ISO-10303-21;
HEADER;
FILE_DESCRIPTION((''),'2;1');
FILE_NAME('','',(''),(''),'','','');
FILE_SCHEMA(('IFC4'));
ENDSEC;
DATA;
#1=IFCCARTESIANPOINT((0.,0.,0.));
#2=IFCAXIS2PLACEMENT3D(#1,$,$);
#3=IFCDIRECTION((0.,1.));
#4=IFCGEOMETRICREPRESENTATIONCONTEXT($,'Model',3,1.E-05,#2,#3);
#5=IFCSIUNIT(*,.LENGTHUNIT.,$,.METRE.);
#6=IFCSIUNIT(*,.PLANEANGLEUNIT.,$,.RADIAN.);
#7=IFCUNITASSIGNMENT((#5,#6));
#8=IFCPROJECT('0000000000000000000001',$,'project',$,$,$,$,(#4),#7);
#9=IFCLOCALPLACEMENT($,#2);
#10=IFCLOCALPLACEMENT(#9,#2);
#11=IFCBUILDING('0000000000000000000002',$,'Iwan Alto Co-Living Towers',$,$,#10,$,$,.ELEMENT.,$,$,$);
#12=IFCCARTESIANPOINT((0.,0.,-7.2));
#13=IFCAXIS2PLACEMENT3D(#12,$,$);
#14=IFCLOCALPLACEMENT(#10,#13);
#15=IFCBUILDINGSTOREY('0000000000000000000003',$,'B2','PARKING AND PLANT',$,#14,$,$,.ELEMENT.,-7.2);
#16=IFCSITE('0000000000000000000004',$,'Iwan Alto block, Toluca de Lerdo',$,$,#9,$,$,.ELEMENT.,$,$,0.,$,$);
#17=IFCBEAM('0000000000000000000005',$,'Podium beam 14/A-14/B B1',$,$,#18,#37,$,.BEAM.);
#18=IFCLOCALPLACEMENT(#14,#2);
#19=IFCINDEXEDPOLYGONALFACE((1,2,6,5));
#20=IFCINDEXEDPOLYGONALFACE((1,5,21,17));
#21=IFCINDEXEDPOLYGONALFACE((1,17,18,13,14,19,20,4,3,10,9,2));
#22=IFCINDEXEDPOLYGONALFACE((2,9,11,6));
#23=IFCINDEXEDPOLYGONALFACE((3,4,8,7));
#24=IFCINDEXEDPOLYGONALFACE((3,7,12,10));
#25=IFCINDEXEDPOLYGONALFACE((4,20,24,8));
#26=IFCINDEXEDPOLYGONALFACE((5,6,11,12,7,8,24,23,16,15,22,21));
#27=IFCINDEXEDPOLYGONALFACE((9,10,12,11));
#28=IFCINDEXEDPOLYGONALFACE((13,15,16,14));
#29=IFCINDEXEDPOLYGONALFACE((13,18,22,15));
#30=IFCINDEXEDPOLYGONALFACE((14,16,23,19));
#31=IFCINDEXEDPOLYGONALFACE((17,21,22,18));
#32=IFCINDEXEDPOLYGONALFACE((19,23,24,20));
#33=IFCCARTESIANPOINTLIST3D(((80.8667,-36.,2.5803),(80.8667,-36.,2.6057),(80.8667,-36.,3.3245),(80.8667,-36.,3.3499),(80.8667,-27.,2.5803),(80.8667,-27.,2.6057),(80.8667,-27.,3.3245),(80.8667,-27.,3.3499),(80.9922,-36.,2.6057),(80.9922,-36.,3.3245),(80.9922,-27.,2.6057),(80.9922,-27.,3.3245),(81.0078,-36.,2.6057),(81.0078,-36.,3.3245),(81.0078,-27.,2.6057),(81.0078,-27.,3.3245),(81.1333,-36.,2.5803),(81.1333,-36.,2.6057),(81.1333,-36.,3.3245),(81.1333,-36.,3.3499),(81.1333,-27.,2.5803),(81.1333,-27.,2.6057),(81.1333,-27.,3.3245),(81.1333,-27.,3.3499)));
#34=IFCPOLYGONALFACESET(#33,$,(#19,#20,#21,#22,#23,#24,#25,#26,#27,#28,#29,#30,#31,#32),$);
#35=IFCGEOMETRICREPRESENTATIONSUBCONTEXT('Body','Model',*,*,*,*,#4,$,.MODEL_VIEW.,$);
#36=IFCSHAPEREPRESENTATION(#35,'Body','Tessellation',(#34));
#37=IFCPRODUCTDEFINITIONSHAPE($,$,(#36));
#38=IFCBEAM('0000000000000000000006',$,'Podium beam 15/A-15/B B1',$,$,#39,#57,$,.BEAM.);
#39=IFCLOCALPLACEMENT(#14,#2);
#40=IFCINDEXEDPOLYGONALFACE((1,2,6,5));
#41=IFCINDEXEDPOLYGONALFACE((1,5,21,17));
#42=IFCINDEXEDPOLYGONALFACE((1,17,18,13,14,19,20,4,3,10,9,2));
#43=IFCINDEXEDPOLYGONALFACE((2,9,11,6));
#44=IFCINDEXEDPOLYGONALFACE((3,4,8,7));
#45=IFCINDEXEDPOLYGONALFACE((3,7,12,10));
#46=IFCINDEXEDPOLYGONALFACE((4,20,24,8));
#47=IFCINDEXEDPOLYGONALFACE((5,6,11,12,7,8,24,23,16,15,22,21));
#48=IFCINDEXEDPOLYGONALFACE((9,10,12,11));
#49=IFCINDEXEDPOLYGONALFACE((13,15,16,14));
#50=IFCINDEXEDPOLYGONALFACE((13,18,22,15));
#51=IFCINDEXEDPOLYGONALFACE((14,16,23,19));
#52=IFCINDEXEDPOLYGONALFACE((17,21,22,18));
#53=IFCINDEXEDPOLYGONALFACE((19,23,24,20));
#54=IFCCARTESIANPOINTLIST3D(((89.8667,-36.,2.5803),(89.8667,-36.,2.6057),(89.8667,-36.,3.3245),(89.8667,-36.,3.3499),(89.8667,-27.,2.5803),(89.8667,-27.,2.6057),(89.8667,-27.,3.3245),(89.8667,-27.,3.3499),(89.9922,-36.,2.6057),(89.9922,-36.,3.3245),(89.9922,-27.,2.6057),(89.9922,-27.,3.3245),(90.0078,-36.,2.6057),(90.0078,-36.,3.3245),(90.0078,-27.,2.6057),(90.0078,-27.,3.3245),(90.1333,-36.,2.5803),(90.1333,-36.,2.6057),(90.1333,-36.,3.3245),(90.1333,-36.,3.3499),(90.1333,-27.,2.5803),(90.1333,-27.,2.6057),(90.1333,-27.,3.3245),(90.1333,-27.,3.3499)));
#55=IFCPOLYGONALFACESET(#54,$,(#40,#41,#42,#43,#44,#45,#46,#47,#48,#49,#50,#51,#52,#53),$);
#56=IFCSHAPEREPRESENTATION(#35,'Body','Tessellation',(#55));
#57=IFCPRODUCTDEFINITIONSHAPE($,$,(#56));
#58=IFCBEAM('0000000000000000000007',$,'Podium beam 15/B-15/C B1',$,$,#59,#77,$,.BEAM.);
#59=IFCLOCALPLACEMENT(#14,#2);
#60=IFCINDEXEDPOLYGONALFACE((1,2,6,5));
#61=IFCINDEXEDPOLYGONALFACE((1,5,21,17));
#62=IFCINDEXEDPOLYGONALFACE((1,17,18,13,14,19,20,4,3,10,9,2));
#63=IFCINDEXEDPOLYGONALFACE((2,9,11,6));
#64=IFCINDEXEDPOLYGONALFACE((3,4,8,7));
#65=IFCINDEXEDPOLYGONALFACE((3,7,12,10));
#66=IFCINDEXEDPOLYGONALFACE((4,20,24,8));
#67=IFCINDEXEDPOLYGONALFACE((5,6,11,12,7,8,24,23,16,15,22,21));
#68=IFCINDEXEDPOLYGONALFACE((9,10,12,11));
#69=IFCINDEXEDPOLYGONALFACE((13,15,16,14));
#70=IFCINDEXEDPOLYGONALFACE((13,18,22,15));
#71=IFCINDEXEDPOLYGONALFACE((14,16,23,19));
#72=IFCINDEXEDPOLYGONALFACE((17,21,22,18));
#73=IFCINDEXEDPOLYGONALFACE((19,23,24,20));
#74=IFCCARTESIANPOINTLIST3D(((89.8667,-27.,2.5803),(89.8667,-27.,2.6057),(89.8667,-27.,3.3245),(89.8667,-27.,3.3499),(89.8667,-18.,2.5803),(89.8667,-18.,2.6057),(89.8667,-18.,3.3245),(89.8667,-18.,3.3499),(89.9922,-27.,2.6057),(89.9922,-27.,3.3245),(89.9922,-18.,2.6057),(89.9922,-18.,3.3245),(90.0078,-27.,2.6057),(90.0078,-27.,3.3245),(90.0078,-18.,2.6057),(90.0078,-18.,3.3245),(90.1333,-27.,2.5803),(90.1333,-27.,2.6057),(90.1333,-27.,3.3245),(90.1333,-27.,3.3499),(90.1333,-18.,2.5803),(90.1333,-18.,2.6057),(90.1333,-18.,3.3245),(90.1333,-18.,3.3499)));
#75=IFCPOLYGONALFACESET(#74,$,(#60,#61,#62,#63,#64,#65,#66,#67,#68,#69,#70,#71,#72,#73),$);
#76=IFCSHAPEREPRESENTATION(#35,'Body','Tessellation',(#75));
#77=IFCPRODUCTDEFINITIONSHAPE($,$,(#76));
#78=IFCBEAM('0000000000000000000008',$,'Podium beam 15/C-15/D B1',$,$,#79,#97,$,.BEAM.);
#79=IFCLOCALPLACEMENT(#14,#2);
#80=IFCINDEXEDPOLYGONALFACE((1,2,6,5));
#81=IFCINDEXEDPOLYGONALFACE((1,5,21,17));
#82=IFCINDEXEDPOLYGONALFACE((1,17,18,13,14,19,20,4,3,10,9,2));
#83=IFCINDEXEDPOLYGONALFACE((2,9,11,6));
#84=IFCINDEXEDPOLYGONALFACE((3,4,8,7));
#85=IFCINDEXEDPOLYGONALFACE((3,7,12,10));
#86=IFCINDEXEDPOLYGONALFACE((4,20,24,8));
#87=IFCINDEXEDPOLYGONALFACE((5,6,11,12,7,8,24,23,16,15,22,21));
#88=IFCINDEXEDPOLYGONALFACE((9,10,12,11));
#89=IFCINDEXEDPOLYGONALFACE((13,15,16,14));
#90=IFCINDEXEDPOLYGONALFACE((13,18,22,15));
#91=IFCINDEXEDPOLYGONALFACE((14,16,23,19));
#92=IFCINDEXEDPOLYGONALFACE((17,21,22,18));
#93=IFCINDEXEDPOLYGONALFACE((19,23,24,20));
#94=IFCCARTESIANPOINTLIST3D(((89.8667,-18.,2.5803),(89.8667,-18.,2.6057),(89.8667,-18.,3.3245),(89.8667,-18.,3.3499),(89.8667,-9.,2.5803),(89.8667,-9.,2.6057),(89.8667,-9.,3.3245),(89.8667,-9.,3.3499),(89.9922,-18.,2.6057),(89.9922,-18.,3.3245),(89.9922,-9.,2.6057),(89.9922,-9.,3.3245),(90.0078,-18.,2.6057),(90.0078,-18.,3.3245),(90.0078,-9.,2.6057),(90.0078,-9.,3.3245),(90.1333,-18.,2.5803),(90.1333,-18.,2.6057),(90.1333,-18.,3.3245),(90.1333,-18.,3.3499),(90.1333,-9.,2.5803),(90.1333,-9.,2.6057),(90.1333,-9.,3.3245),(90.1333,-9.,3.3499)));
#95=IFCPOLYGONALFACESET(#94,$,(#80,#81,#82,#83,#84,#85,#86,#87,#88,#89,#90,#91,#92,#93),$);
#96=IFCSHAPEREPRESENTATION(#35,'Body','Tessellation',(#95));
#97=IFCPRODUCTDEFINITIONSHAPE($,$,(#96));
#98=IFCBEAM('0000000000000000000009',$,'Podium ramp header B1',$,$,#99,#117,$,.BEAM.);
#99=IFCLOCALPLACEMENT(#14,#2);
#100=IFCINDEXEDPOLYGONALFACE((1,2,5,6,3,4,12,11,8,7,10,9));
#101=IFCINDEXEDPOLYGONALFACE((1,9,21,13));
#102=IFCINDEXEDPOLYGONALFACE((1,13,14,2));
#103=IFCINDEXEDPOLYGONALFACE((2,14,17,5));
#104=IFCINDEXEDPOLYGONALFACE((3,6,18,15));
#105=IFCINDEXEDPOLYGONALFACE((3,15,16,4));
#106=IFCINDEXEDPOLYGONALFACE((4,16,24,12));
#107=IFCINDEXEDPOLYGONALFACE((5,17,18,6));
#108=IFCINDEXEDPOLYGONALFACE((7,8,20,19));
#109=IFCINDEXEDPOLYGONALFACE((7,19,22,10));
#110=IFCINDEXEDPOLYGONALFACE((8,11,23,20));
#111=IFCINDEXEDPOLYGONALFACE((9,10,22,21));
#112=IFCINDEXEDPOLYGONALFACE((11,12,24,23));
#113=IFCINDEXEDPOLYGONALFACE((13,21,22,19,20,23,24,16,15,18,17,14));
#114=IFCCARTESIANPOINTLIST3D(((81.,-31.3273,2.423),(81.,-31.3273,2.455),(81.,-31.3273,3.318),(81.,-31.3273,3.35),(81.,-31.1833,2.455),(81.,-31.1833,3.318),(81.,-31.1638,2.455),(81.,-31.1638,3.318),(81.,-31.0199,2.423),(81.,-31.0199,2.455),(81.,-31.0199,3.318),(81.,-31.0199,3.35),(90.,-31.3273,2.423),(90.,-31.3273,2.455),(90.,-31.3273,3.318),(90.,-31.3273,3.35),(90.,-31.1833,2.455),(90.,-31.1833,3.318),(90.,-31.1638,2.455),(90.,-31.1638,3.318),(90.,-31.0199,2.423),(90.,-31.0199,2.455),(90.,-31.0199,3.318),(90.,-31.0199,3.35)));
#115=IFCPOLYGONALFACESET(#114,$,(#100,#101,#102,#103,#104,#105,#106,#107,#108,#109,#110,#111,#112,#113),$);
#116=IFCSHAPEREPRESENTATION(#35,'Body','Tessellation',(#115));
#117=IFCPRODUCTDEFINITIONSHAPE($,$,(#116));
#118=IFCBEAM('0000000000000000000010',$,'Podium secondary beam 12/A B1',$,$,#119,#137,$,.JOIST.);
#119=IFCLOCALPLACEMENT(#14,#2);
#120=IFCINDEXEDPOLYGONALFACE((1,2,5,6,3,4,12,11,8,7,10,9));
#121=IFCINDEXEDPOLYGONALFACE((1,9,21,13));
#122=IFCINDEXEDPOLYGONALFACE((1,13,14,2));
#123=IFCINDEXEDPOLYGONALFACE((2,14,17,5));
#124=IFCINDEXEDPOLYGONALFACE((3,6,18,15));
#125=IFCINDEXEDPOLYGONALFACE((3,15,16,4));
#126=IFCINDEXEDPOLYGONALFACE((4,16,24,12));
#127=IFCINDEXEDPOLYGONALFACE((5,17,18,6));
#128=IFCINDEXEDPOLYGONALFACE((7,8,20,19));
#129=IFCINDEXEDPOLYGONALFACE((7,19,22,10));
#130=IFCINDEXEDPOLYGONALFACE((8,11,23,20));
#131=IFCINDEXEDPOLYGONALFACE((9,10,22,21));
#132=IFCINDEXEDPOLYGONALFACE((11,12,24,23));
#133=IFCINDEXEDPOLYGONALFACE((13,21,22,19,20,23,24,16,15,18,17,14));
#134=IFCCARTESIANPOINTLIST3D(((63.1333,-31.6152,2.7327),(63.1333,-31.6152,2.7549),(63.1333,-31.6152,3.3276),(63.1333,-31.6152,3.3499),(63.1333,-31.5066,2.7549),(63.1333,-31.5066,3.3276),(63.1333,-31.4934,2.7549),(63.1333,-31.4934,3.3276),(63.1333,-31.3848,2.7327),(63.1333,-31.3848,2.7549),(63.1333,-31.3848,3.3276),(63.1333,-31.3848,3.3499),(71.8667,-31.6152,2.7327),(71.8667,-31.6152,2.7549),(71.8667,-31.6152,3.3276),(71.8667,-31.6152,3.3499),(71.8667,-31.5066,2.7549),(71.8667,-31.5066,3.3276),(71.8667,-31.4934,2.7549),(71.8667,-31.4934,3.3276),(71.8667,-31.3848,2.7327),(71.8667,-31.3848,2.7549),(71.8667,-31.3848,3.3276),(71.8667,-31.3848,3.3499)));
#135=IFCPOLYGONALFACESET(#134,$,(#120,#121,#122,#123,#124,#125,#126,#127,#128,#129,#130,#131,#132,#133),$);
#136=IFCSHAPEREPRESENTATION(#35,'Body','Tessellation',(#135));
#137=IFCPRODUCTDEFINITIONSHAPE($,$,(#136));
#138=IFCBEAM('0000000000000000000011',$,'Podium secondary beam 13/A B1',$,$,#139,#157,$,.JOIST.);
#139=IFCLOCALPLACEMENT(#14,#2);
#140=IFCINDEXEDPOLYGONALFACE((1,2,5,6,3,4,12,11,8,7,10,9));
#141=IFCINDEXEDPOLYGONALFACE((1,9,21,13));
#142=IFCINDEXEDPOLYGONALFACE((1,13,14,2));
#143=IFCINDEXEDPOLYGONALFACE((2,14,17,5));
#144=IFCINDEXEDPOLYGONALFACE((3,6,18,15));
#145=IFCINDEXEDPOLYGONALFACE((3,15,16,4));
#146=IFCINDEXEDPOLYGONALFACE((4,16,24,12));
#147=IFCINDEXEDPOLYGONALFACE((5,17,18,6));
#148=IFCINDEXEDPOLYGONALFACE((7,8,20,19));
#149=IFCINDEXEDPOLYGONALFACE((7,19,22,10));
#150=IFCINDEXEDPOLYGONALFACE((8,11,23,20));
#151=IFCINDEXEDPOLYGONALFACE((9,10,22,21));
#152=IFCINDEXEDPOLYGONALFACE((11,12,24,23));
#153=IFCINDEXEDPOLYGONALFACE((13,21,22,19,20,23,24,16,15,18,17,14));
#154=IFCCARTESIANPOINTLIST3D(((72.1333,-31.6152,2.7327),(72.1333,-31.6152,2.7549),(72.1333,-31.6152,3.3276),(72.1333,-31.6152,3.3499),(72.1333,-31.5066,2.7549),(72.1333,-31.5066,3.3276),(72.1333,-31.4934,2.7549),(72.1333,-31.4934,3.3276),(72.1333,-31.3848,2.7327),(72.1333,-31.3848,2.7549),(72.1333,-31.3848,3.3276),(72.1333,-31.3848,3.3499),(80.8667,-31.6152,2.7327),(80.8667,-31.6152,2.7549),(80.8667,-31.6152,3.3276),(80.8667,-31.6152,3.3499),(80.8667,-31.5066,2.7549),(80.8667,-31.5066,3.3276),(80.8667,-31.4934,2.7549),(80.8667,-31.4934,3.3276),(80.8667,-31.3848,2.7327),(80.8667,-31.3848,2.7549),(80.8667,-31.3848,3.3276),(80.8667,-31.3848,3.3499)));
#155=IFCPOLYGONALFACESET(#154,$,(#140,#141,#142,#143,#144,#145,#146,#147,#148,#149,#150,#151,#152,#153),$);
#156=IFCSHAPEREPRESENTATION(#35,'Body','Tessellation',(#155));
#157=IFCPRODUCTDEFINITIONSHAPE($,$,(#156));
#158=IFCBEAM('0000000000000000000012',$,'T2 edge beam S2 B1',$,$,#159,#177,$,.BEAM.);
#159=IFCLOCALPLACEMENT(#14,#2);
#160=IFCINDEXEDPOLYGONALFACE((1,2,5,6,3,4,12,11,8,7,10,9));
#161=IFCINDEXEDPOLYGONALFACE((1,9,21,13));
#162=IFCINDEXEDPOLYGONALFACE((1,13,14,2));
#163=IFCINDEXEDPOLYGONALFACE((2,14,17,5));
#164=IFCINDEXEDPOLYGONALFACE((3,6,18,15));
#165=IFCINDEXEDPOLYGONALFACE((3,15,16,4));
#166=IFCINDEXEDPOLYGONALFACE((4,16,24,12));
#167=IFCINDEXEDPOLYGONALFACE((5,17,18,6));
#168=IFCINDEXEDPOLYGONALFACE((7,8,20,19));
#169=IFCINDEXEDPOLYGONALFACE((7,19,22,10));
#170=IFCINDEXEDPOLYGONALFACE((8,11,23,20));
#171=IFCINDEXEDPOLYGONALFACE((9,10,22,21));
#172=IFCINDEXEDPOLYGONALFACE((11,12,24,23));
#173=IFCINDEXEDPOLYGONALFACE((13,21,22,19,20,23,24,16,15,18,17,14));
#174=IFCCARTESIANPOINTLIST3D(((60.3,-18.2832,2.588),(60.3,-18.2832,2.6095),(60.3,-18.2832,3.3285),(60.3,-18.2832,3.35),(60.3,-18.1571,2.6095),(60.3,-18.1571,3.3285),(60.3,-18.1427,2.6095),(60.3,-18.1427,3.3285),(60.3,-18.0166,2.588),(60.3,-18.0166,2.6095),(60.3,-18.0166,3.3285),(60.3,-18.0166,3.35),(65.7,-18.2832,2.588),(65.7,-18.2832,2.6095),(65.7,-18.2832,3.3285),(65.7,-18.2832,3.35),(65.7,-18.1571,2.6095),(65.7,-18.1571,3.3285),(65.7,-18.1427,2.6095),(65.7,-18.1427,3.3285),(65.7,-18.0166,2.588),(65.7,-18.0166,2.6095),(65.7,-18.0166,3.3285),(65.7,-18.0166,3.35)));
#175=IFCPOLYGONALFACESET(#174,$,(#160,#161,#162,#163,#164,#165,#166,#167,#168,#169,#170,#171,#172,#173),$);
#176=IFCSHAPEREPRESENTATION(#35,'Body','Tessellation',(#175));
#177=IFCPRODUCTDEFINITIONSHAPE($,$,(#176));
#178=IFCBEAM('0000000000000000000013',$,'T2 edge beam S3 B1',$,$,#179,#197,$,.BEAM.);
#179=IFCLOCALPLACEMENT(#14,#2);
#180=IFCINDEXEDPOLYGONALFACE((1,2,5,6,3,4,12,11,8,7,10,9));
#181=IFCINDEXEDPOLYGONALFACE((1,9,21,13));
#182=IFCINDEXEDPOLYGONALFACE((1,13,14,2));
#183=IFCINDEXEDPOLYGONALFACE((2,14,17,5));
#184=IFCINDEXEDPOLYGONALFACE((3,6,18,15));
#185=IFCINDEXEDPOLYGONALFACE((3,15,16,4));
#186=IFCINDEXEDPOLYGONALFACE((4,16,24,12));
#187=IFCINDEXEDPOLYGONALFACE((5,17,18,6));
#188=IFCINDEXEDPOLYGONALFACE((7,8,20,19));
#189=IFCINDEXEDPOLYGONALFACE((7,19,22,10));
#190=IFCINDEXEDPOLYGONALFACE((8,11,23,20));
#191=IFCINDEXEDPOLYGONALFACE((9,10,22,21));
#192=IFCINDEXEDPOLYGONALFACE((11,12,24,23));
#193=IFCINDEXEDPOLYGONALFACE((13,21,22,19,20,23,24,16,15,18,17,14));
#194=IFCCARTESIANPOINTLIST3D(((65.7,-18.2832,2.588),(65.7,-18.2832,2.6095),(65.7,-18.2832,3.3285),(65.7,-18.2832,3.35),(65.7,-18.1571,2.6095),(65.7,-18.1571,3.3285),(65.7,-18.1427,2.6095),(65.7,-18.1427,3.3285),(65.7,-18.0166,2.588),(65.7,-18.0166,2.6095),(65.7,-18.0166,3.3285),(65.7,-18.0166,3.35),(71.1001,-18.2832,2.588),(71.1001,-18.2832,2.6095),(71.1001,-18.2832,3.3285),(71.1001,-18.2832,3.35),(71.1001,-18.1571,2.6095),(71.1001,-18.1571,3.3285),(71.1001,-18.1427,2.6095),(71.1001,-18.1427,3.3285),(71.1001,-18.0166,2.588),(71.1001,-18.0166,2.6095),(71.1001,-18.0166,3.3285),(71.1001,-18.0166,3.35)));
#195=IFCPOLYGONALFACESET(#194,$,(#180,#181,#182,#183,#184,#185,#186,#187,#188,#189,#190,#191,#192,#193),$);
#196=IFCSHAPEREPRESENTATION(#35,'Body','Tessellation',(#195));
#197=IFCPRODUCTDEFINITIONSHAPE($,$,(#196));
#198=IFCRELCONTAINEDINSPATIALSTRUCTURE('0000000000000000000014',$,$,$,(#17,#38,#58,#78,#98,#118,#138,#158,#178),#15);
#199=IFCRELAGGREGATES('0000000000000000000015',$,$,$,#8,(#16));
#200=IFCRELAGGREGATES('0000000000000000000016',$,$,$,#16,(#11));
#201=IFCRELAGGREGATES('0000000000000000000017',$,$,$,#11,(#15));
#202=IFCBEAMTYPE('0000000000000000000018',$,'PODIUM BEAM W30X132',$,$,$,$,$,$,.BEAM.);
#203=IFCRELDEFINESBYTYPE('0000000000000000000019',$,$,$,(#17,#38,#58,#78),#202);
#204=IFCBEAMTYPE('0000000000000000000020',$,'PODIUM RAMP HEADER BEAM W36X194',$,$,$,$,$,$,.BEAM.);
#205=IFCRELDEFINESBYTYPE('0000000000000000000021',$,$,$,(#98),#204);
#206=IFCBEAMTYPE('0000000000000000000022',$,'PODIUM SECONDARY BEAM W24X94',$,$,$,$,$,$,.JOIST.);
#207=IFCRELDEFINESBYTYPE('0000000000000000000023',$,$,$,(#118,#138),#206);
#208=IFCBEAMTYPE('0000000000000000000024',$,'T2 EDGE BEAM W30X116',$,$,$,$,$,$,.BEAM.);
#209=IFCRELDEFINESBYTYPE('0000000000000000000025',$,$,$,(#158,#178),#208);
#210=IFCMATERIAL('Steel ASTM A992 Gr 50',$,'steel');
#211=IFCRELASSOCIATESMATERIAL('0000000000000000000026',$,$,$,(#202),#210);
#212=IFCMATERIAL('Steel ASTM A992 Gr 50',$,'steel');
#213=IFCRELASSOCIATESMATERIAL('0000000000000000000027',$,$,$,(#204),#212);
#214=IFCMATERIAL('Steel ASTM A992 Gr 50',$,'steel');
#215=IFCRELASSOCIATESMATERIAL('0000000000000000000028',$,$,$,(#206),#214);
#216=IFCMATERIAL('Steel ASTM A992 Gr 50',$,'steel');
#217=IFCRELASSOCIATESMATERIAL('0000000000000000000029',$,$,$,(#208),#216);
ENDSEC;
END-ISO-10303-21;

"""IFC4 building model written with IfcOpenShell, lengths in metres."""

from ifc_helpers import new_model, si_unit, direction, frame, origin, origin_2d, place, context, subcontext, project, spatial, i_section, extrude, material, material_profile, profile_set, type_object, element, save


model = new_model("IFC4")

# Units and contexts
model_context = context("Model", 3, precision=1e-05, world=origin(), true_north=direction((0.0, 1.0)))
body_context = subcontext(model_context, "Body", "Model", "MODEL_VIEW")
ifc_project = project(units=[si_unit("LENGTHUNIT", "METRE"), si_unit("PLANEANGLEUNIT", "RADIAN")], contexts=[model_context])

# Site, building, storey
site_placement = place(None, origin())
site = spatial("IfcSite", under=ifc_project, at=site_placement, Name="Iwan Alto block, Toluca de Lerdo", CompositionType="ELEMENT", RefElevation=0.0)
building_placement = place(site_placement, origin())
building = spatial("IfcBuilding", under=site, at=building_placement, Name="Iwan Alto Co-Living Towers", CompositionType="ELEMENT")
storey_placement = place(building_placement, frame((0.0, 0.0, -7.2)))
storey = spatial("IfcBuildingStorey", under=building, at=storey_placement, Name="B2", Description="PARKING AND PLANT", CompositionType="ELEMENT", Elevation=-7.2)

# Beams
ifc_material_1 = material(Name="Steel ASTM A992 Gr 50", Category="steel")
ifc_material_profile_1 = material_profile(ifc_material_1, i_section(OverallWidth=0.2666, OverallDepth=0.7695, WebThickness=0.0156, FlangeThickness=0.0254, at=origin_2d()), Name="W30X132")
ifc_profile_set_1 = profile_set([ifc_material_profile_1], Name="Steel ASTM A992 Gr 50")
beam_type_1 = type_object("IfcBeamType", Name="PODIUM BEAM W30X132", PredefinedType="BEAM", material=ifc_profile_set_1)
for number, where, z_axis, x_axis, name in (
    (1, (81.0, -36.0, 2.9651), (0.0, 1.0, 0.0), (-1.0, 0.0, 0.0), "Podium beam 14/A-14/B B1"),
    (2, (90.0, -36.0, 2.9651), (0.0, 1.0, 0.0), (-1.0, 0.0, 0.0), "Podium beam 15/A-15/B B1"),
    (3, (90.0, -27.0, 2.9651), (0.0, 1.0, 0.0), (-1.0, 0.0, 0.0), "Podium beam 15/B-15/C B1"),
    (4, (90.0, -18.0, 2.9651), (0.0, 1.0, 0.0), (-1.0, 0.0, 0.0), "Podium beam 15/C-15/D B1"),
):
    element("IfcBeam", number, at=place(storey_placement, frame(where, z_axis=z_axis, x_axis=x_axis)), inside=storey, type_object=beam_type_1, Name=name, PredefinedType="BEAM", context=body_context, shape_type="SweptSolid", body=[
        extrude(i_section(OverallWidth=0.2666, OverallDepth=0.7695, WebThickness=0.0156, FlangeThickness=0.0254, at=origin_2d()), origin(), (0.0, 0.0, 1.0), 9.0),
    ])
ifc_material_2 = material(Name="Steel ASTM A992 Gr 50", Category="steel")
ifc_material_profile_2 = material_profile(ifc_material_2, i_section(OverallWidth=0.3074, OverallDepth=0.927, WebThickness=0.0195, FlangeThickness=0.032, at=origin_2d()), Name="W36X194")
ifc_profile_set_2 = profile_set([ifc_material_profile_2], Name="Steel ASTM A992 Gr 50")
beam_type_2 = type_object("IfcBeamType", Name="PODIUM RAMP HEADER BEAM W36X194", PredefinedType="BEAM", material=ifc_profile_set_2)
beam_1_placement = place(storey_placement, frame((81.0, -31.1736, 2.8865), z_axis=(1.0, 0.0, 0.0), x_axis=(0.0, 1.0, 0.0)))
element("IfcBeam", 5, at=beam_1_placement, inside=storey, type_object=beam_type_2, Name="Podium ramp header B1", PredefinedType="BEAM", context=body_context, shape_type="SweptSolid", body=[
    extrude(i_section(OverallWidth=0.3074, OverallDepth=0.927, WebThickness=0.0195, FlangeThickness=0.032, at=origin_2d()), origin(), (0.0, 0.0, 1.0), 9.0),
])
ifc_material_3 = material(Name="Steel ASTM A992 Gr 50", Category="steel")
ifc_material_profile_3 = material_profile(ifc_material_3, i_section(OverallWidth=0.2305, OverallDepth=0.6172, WebThickness=0.0132, FlangeThickness=0.0222, at=origin_2d()), Name="W24X94")
ifc_profile_set_3 = profile_set([ifc_material_profile_3], Name="Steel ASTM A992 Gr 50")
beam_type_3 = type_object("IfcBeamType", Name="PODIUM SECONDARY BEAM W24X94", PredefinedType="JOIST", material=ifc_profile_set_3)
for number, where, z_axis, x_axis, name in (
    (6, (63.1333, -31.5, 3.0413), (1.0, 0.0, 0.0), (0.0, 1.0, 0.0), "Podium secondary beam 12/A B1"),
    (7, (72.1333, -31.5, 3.0413), (1.0, 0.0, 0.0), (0.0, 1.0, 0.0), "Podium secondary beam 13/A B1"),
):
    element("IfcBeam", number, at=place(storey_placement, frame(where, z_axis=z_axis, x_axis=x_axis)), inside=storey, type_object=beam_type_3, Name=name, PredefinedType="JOIST", context=body_context, shape_type="SweptSolid", body=[
        extrude(i_section(OverallWidth=0.2305, OverallDepth=0.6172, WebThickness=0.0132, FlangeThickness=0.0222, at=origin_2d()), origin(), (0.0, 0.0, 1.0), 8.7334),
    ])
ifc_material_4 = material(Name="Steel ASTM A992 Gr 50", Category="steel")
ifc_material_profile_4 = material_profile(ifc_material_4, i_section(OverallWidth=0.2666, OverallDepth=0.762, WebThickness=0.0144, FlangeThickness=0.0215, at=origin_2d()), Name="W30X116")
ifc_profile_set_4 = profile_set([ifc_material_profile_4], Name="Steel ASTM A992 Gr 50")
beam_type_4 = type_object("IfcBeamType", Name="T2 EDGE BEAM W30X116", PredefinedType="BEAM", material=ifc_profile_set_4)
beam_2_placement = place(storey_placement, frame((60.3, -18.1499, 2.969), z_axis=(1.0, 0.0, 0.0), x_axis=(0.0, 1.0, 0.0)))
element("IfcBeam", 8, at=beam_2_placement, inside=storey, type_object=beam_type_4, Name="T2 edge beam S2 B1", PredefinedType="BEAM", context=body_context, shape_type="SweptSolid", body=[
    extrude(i_section(OverallWidth=0.2666, OverallDepth=0.762, WebThickness=0.0144, FlangeThickness=0.0215, at=origin_2d()), origin(), (0.0, 0.0, 1.0), 5.3999),
])
beam_3_placement = place(storey_placement, frame((65.7, -18.1499, 2.969), z_axis=(1.0, 0.0, 0.0), x_axis=(0.0, 1.0, 0.0)))
element("IfcBeam", 9, at=beam_3_placement, inside=storey, type_object=beam_type_4, Name="T2 edge beam S3 B1", PredefinedType="BEAM", context=body_context, shape_type="SweptSolid", body=[
    extrude(i_section(OverallWidth=0.2666, OverallDepth=0.762, WebThickness=0.0144, FlangeThickness=0.0215, at=origin_2d()), origin(), (0.0, 0.0, 1.0), 5.4001),
])

save(model, "model.ifc")
